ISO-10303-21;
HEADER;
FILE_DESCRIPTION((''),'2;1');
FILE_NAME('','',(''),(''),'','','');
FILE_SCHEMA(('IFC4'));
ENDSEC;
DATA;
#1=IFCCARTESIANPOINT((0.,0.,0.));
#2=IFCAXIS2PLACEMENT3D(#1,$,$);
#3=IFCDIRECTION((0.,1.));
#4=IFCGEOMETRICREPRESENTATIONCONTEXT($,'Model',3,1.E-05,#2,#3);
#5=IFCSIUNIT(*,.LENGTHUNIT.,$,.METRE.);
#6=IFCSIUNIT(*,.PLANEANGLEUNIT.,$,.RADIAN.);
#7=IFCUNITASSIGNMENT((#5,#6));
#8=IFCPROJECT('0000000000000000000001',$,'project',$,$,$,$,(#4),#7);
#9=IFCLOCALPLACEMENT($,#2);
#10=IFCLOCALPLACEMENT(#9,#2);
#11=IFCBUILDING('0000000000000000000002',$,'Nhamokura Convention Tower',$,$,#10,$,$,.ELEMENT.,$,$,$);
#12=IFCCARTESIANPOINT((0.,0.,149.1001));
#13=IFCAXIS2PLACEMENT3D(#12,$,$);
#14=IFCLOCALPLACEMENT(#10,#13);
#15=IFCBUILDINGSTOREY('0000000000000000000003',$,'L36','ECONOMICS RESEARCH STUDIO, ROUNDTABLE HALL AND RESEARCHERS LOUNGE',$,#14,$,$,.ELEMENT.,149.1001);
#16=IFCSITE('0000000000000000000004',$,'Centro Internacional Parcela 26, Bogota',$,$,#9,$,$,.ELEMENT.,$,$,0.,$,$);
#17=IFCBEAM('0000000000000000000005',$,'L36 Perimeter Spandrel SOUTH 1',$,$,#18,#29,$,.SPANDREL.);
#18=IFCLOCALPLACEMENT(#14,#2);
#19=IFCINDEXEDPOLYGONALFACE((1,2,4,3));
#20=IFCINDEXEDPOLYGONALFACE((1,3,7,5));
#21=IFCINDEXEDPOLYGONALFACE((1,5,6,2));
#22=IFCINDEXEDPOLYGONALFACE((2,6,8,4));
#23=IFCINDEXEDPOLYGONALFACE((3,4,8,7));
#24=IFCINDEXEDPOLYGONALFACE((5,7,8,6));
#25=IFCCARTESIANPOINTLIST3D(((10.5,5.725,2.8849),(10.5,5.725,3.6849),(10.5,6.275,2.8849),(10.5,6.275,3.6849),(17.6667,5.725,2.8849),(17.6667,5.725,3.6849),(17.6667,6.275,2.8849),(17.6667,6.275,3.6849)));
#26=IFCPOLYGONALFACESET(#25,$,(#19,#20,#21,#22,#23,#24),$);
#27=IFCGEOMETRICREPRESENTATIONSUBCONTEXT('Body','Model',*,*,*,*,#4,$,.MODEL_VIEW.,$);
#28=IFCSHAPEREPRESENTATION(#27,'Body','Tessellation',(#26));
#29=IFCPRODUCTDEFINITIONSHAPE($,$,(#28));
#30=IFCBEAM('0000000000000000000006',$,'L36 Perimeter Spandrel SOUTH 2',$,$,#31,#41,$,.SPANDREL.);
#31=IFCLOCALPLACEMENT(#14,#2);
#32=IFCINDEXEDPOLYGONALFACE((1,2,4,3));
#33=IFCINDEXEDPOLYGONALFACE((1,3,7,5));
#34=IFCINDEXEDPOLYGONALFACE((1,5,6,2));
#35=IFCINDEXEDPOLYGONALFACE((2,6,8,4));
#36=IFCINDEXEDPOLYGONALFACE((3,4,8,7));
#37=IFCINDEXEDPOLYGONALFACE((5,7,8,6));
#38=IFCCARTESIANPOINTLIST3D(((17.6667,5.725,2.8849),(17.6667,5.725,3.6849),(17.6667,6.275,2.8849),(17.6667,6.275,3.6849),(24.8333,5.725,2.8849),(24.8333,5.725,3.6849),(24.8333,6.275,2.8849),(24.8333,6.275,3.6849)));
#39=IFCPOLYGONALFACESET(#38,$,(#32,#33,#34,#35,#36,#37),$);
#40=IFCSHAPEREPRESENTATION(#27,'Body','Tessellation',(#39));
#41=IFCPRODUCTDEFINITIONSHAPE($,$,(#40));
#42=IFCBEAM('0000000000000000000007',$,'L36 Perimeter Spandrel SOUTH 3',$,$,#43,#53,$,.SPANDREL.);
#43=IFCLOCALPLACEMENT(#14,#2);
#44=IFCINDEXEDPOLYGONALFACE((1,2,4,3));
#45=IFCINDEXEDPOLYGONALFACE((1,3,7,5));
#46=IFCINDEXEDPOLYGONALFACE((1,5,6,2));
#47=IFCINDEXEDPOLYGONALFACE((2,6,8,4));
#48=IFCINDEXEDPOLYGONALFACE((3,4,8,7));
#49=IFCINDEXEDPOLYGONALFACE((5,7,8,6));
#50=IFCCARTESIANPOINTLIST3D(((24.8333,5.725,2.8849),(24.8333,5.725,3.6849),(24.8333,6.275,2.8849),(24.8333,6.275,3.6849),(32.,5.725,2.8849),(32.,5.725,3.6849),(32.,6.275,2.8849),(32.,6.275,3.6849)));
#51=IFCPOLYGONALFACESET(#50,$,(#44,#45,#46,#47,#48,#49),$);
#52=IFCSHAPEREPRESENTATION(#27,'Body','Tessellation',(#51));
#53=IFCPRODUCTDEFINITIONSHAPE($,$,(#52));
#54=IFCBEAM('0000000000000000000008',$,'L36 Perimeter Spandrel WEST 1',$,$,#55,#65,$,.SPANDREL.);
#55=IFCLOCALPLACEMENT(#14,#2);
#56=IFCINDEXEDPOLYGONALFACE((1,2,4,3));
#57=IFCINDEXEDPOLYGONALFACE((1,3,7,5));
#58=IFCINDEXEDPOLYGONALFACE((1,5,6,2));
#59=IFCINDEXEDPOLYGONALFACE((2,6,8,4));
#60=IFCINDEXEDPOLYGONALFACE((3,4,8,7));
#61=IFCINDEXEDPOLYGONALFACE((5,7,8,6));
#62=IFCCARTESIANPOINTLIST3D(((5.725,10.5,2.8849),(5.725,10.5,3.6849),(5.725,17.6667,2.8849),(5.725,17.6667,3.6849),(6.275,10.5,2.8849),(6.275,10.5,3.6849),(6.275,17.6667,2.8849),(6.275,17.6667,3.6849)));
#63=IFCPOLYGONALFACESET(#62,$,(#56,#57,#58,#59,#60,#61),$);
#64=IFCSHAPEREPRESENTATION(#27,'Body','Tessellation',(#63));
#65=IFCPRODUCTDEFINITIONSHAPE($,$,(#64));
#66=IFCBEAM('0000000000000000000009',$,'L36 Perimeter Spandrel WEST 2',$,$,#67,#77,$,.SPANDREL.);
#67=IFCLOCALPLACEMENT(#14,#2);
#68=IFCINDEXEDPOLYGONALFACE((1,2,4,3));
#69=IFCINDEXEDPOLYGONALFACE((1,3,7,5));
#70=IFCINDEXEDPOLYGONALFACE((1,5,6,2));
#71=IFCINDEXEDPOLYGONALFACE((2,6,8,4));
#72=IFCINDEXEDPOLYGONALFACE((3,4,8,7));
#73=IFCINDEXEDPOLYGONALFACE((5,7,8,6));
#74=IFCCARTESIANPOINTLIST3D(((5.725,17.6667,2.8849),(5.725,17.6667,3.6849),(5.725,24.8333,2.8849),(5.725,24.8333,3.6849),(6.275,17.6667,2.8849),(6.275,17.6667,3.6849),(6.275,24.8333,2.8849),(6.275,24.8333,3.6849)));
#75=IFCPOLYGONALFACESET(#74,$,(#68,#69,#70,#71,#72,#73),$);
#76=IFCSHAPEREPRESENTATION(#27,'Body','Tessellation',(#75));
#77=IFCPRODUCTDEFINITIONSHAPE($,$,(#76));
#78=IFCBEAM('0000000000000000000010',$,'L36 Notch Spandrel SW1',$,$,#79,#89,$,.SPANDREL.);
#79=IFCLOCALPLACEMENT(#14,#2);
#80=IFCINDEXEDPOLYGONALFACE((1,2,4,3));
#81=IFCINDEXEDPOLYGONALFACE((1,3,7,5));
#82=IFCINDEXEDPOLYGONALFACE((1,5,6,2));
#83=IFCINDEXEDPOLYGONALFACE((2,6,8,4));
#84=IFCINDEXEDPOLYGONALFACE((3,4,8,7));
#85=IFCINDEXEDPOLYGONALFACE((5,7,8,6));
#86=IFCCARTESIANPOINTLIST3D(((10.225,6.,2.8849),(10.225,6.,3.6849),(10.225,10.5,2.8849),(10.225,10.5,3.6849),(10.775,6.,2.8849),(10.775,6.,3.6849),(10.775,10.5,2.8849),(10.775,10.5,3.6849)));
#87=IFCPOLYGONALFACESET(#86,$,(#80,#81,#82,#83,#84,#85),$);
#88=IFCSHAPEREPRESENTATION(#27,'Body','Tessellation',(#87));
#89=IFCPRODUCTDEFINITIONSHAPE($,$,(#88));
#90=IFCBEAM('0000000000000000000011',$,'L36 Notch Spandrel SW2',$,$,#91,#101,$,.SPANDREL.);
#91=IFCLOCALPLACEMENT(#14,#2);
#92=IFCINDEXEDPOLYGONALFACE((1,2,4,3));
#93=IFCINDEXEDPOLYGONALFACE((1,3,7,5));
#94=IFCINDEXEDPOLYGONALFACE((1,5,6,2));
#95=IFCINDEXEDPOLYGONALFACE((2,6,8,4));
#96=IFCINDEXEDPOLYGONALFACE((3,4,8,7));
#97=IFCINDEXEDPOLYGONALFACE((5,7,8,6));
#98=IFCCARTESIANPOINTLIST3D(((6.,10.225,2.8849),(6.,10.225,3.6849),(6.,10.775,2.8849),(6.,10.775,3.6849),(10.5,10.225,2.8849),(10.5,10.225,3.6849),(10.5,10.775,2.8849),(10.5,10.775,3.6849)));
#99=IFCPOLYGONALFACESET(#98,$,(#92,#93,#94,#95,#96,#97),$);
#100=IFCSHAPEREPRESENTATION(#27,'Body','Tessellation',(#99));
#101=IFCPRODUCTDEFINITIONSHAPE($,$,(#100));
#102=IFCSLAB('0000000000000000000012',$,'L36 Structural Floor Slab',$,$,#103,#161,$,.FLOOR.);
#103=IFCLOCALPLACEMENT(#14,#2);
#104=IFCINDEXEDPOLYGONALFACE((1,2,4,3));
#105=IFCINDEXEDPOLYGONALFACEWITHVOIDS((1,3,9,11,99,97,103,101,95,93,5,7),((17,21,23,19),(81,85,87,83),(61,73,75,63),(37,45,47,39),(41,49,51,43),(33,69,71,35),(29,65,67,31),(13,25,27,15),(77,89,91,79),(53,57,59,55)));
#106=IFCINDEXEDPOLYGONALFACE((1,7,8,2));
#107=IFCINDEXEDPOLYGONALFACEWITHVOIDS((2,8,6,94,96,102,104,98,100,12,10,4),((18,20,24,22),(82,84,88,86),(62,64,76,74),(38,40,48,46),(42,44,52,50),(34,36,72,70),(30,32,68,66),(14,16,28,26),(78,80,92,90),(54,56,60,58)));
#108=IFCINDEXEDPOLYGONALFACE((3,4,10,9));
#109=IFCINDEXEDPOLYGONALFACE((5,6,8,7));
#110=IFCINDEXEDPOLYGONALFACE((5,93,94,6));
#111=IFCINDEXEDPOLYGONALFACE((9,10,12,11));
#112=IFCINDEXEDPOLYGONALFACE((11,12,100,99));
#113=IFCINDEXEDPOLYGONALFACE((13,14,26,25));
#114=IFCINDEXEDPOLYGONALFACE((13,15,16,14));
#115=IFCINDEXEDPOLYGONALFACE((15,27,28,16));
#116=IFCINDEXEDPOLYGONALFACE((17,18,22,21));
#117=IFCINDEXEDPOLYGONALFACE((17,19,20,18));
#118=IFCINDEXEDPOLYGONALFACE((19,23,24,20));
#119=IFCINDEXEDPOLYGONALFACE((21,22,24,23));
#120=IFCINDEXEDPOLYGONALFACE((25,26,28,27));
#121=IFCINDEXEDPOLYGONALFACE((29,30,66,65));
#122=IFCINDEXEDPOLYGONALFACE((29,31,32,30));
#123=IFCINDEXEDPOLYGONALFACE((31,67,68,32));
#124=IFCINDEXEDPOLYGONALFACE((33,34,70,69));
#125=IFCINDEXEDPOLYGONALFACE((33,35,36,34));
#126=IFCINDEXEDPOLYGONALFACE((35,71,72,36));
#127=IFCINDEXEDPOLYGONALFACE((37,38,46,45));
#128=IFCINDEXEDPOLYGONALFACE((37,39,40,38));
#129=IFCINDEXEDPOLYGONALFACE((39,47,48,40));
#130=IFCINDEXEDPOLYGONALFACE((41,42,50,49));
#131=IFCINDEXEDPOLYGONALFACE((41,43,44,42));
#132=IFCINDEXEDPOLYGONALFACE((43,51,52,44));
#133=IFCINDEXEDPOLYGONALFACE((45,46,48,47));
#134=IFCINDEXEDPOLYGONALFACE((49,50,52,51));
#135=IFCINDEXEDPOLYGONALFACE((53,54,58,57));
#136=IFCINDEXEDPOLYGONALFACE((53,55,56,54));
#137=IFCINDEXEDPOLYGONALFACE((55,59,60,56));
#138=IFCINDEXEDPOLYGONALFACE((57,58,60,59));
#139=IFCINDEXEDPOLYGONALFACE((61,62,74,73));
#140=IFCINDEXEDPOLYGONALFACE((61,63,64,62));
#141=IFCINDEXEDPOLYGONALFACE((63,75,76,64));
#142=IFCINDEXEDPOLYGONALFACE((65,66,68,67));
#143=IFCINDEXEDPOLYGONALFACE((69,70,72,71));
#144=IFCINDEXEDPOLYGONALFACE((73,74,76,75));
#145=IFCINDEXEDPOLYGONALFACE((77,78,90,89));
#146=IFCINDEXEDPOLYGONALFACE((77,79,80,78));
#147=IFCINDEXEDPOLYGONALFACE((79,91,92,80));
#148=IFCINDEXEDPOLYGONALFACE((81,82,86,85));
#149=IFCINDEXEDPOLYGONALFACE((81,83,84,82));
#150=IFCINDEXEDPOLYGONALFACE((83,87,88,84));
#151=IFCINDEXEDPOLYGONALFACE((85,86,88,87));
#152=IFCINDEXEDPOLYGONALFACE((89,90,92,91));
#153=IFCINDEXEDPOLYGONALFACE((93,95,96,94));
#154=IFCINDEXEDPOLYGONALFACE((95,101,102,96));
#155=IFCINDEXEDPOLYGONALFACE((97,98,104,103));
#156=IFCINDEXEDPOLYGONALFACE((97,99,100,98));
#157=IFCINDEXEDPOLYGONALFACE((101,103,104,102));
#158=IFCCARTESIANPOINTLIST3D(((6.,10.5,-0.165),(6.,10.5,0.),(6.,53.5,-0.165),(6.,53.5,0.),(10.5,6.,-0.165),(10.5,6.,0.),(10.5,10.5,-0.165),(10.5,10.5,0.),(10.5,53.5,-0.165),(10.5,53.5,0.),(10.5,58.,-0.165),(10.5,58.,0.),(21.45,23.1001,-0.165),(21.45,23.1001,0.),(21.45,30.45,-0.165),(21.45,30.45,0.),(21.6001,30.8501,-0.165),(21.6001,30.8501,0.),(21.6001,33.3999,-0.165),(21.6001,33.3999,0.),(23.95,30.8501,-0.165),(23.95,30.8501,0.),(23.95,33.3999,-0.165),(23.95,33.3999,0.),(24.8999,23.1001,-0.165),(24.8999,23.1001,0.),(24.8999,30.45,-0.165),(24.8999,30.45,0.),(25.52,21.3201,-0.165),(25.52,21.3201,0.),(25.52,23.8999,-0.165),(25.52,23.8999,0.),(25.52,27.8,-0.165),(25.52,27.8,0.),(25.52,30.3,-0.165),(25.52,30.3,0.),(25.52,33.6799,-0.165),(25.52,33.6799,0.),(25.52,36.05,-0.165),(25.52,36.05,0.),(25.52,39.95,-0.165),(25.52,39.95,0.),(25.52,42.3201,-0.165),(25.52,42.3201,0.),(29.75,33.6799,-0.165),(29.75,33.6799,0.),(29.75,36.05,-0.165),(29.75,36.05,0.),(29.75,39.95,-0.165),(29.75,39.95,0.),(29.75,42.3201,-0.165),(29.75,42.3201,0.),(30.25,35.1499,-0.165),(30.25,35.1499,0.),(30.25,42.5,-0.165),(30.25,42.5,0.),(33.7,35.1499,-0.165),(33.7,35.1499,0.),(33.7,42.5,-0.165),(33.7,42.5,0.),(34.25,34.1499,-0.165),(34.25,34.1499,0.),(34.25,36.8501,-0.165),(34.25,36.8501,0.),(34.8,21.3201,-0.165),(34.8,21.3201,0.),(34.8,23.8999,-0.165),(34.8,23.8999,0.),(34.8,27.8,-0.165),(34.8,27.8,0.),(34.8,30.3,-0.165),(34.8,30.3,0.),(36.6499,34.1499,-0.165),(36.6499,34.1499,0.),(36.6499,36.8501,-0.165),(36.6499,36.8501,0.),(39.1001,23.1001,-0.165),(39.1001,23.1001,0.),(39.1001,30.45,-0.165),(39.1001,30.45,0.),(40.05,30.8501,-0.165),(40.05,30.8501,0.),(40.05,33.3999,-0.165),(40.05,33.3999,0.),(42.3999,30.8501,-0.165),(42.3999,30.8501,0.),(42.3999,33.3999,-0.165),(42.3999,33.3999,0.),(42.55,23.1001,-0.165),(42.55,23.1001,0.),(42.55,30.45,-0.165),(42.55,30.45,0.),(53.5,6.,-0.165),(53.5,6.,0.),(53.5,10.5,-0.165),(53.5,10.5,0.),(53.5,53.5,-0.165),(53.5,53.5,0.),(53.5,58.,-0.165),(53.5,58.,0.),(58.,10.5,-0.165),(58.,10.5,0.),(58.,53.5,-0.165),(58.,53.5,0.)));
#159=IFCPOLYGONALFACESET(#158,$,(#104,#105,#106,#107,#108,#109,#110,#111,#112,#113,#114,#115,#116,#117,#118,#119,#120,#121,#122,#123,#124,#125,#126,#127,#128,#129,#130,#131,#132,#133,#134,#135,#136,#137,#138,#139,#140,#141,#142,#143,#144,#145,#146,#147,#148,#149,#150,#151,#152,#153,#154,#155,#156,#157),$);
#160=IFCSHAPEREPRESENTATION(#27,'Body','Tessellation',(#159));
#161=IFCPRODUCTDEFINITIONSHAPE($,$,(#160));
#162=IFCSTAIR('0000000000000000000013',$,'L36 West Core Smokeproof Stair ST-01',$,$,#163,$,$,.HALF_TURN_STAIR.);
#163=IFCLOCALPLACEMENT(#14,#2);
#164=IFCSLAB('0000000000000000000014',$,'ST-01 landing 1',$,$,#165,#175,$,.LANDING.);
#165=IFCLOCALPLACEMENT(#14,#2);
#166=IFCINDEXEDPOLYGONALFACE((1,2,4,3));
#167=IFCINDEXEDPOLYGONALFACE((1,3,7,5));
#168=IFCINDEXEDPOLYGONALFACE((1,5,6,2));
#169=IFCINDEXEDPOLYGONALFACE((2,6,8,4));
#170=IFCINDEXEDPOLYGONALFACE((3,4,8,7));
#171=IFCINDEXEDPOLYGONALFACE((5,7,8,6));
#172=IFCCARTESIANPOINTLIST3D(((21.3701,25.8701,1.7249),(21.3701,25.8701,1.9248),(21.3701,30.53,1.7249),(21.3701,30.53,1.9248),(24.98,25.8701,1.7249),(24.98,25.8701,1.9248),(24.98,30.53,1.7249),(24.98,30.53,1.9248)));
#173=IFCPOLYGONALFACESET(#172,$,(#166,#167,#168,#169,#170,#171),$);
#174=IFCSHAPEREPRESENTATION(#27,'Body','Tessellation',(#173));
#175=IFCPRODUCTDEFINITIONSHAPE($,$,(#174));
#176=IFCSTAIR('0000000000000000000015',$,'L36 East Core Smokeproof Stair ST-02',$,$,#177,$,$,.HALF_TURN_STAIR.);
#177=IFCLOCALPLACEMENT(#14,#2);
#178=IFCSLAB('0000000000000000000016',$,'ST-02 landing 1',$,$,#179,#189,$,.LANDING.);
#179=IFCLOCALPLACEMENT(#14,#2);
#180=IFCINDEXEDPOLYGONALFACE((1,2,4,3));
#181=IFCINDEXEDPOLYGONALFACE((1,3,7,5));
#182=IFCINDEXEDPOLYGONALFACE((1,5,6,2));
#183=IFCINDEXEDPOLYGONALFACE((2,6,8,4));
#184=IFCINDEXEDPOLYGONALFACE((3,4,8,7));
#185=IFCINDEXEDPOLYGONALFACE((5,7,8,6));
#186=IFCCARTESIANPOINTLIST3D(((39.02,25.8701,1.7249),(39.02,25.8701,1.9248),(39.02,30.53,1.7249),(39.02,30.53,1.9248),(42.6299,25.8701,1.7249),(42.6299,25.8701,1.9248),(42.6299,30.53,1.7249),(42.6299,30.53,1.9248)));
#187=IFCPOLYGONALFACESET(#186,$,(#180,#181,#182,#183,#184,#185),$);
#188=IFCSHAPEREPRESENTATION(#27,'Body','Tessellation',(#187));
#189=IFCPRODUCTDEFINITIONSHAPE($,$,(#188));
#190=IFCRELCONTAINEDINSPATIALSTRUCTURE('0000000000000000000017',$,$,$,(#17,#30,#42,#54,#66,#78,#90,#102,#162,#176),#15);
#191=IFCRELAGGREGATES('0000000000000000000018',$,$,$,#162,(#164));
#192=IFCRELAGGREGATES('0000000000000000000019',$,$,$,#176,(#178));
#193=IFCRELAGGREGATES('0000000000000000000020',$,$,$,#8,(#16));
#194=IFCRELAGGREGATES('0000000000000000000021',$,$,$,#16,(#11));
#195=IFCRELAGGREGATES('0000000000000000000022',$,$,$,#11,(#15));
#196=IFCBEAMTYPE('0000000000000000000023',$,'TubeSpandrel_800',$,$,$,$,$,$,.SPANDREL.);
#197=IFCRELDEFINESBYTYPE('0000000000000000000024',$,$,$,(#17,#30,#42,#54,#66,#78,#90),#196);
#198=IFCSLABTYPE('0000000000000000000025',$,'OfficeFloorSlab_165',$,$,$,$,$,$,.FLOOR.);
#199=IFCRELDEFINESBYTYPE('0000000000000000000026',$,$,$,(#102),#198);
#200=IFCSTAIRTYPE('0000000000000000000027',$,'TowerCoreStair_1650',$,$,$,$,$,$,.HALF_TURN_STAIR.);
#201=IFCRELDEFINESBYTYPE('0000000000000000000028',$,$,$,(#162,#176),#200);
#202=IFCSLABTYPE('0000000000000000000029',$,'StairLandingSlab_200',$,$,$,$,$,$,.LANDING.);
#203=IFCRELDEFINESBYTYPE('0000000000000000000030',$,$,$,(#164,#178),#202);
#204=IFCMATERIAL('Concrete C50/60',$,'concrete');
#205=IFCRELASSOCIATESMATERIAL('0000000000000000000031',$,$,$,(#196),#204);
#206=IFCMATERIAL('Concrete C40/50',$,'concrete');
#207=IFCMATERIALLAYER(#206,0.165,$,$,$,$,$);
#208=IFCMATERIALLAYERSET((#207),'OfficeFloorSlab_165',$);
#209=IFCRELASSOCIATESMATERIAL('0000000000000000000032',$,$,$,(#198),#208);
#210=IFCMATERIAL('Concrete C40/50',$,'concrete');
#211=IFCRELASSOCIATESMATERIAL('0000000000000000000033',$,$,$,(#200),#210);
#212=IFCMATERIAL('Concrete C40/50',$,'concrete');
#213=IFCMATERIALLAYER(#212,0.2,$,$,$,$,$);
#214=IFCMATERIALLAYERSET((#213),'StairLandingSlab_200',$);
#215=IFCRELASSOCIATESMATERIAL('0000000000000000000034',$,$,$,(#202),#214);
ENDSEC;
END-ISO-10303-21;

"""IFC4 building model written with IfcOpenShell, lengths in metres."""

from ifc_helpers import new_model, si_unit, direction, frame, origin, origin_2d, place, context, subcontext, project, spatial, polyline, rectangle, outline, extrude, material, layer, layer_set, material_profile, profile_set, type_object, element, aggregate, save


model = new_model("IFC4")

# Units and contexts
model_context = context("Model", 3, precision=1e-05, world=origin(), true_north=direction((0.0, 1.0)))
body_context = subcontext(model_context, "Body", "Model", "MODEL_VIEW")
ifc_project = project(units=[si_unit("LENGTHUNIT", "METRE"), si_unit("PLANEANGLEUNIT", "RADIAN")], contexts=[model_context])

# Site, building, storey
site_placement = place(None, origin())
site = spatial("IfcSite", under=ifc_project, at=site_placement, Name="Centro Internacional Parcela 26, Bogota", CompositionType="ELEMENT", RefElevation=0.0)
building_placement = place(site_placement, origin())
building = spatial("IfcBuilding", under=site, at=building_placement, Name="Nhamokura Convention Tower", CompositionType="ELEMENT")
storey_placement = place(building_placement, frame((0.0, 0.0, 149.1001)))
storey = spatial("IfcBuildingStorey", under=building, at=storey_placement, Name="L36", Description="ECONOMICS RESEARCH STUDIO, ROUNDTABLE HALL AND RESEARCHERS LOUNGE", CompositionType="ELEMENT", Elevation=149.1001)

# Beams
ifc_material_1 = material(Name="Concrete C50/60", Category="concrete")
ifc_material_profile_1 = material_profile(ifc_material_1, rectangle(XDim=0.55, YDim=0.8, at=origin_2d()))
ifc_profile_set_1 = profile_set([ifc_material_profile_1], Name="Concrete C50/60")
beam_type_1 = type_object("IfcBeamType", Name="TubeSpandrel_800", PredefinedType="SPANDREL", material=ifc_profile_set_1)
beam_1_placement = place(storey_placement, frame((10.5, 6.0, 3.2849), z_axis=(1.0, 0.0, 0.0), x_axis=(0.0, 1.0, 0.0)))
element("IfcBeam", 1, at=beam_1_placement, inside=storey, type_object=beam_type_1, Name="L36 Perimeter Spandrel SOUTH 1", PredefinedType="SPANDREL", context=body_context, shape_type="SweptSolid", body=[
    extrude(rectangle(XDim=0.55, YDim=0.8, at=origin_2d()), origin(), (0.0, 0.0, 1.0), 7.1667),
])
beam_2_placement = place(storey_placement, frame((17.6667, 6.0, 3.2849), z_axis=(1.0, 0.0, 0.0), x_axis=(0.0, 1.0, 0.0)))
element("IfcBeam", 2, at=beam_2_placement, inside=storey, type_object=beam_type_1, Name="L36 Perimeter Spandrel SOUTH 2", PredefinedType="SPANDREL", context=body_context, shape_type="SweptSolid", body=[
    extrude(rectangle(XDim=0.55, YDim=0.8, at=origin_2d()), origin(), (0.0, 0.0, 1.0), 7.1665),
])
for number, where, z_axis, x_axis, name in (
    (3, (24.8333, 6.0, 3.2849), (1.0, 0.0, 0.0), (0.0, 1.0, 0.0), "L36 Perimeter Spandrel SOUTH 3"),
    (4, (6.0, 10.5, 3.2849), (0.0, 1.0, 0.0), (-1.0, 0.0, 0.0), "L36 Perimeter Spandrel WEST 1"),
):
    element("IfcBeam", number, at=place(storey_placement, frame(where, z_axis=z_axis, x_axis=x_axis)), inside=storey, type_object=beam_type_1, Name=name, PredefinedType="SPANDREL", context=body_context, shape_type="SweptSolid", body=[
        extrude(rectangle(XDim=0.55, YDim=0.8, at=origin_2d()), origin(), (0.0, 0.0, 1.0), 7.1667),
    ])
beam_3_placement = place(storey_placement, frame((6.0, 17.6667, 3.2849), z_axis=(0.0, 1.0, 0.0), x_axis=(-1.0, 0.0, 0.0)))
element("IfcBeam", 5, at=beam_3_placement, inside=storey, type_object=beam_type_1, Name="L36 Perimeter Spandrel WEST 2", PredefinedType="SPANDREL", context=body_context, shape_type="SweptSolid", body=[
    extrude(rectangle(XDim=0.55, YDim=0.8, at=origin_2d()), origin(), (0.0, 0.0, 1.0), 7.1665),
])
for number, where, z_axis, x_axis, name in (
    (6, (10.5, 6.0, 3.2849), (0.0, 1.0, 0.0), (-1.0, 0.0, 0.0), "L36 Notch Spandrel SW1"),
    (7, (10.5, 10.5, 3.2849), (-1.0, 0.0, 0.0), (0.0, -1.0, 0.0), "L36 Notch Spandrel SW2"),
):
    element("IfcBeam", number, at=place(storey_placement, frame(where, z_axis=z_axis, x_axis=x_axis)), inside=storey, type_object=beam_type_1, Name=name, PredefinedType="SPANDREL", context=body_context, shape_type="SweptSolid", body=[
        extrude(rectangle(XDim=0.55, YDim=0.8, at=origin_2d()), origin(), (0.0, 0.0, 1.0), 4.5),
    ])

# Slab
ifc_material_2 = material(Name="Concrete C40/50", Category="concrete")
ifc_layer_1 = layer(ifc_material_2, 0.165)
ifc_layer_set_1 = layer_set([ifc_layer_1], Name="OfficeFloorSlab_165")
slab_type_1 = type_object("IfcSlabType", Name="OfficeFloorSlab_165", PredefinedType="FLOOR", material=ifc_layer_set_1)
slab_1_placement = place(storey_placement, frame((0.0, 0.0, -0.165)))
element("IfcSlab", 8, at=slab_1_placement, inside=storey, type_object=slab_type_1, Name="L36 Structural Floor Slab", PredefinedType="FLOOR", context=body_context, shape_type="SweptSolid", body=[
    extrude(outline(polyline([(10.5, 6.0), (53.5, 6.0), (53.5, 10.5), (58.0, 10.5), (58.0, 53.5), (53.5, 53.5), (53.5, 58.0), (10.5, 58.0), (10.5, 53.5), (6.0, 53.5), (6.0, 10.5), (10.5, 10.5), (10.5, 6.0)]), holes=[polyline([(24.8999, 23.1001), (24.8999, 30.45), (21.45, 30.45), (21.45, 23.1001), (24.8999, 23.1001)]), polyline([(42.55, 23.1001), (42.55, 30.45), (39.1001, 30.45), (39.1001, 23.1001), (42.55, 23.1001)]), polyline([(33.7, 35.1499), (33.7, 42.5), (30.25, 42.5), (30.25, 35.1499), (33.7, 35.1499)]), polyline([(21.6001, 30.8501), (23.95, 30.8501), (23.95, 33.3999), (21.6001, 33.3999), (21.6001, 30.8501)]), polyline([(40.05, 30.8501), (42.3999, 30.8501), (42.3999, 33.3999), (40.05, 33.3999), (40.05, 30.8501)]), polyline([(34.25, 34.1499), (36.6499, 34.1499), (36.6499, 36.8501), (34.25, 36.8501), (34.25, 34.1499)]), polyline([(25.52, 21.3201), (34.8, 21.3201), (34.8, 23.8999), (25.52, 23.8999), (25.52, 21.3201)]), polyline([(25.52, 27.8), (34.8, 27.8), (34.8, 30.3), (25.52, 30.3), (25.52, 27.8)]), polyline([(25.52, 33.6799), (29.75, 33.6799), (29.75, 36.05), (25.52, 36.05), (25.52, 33.6799)]), polyline([(25.52, 39.95), (29.75, 39.95), (29.75, 42.3201), (25.52, 42.3201), (25.52, 39.95)])]), origin(), (0.0, 0.0, 1.0), 0.165),
])

# Stairs, slabs
ifc_material_3 = material(Name="Concrete C40/50", Category="concrete")
stair_type = type_object("IfcStairType", Name="TowerCoreStair_1650", PredefinedType="HALF_TURN_STAIR", material=ifc_material_3)
stair_1_placement = place(storey_placement, origin())
stair_1 = element("IfcStair", 9, at=stair_1_placement, inside=storey, type_object=stair_type, Name="L36 West Core Smokeproof Stair ST-01", PredefinedType="HALF_TURN_STAIR")
ifc_material_4 = material(Name="Concrete C40/50", Category="concrete")
ifc_layer_2 = layer(ifc_material_4, 0.2)
ifc_layer_set_2 = layer_set([ifc_layer_2], Name="StairLandingSlab_200")
slab_type_2 = type_object("IfcSlabType", Name="StairLandingSlab_200", PredefinedType="LANDING", material=ifc_layer_set_2)
slab_2_placement = place(storey_placement, frame((0.0, 0.0, 1.7249)))
slab_2 = element("IfcSlab", 10, at=slab_2_placement, type_object=slab_type_2, Name="ST-01 landing 1", PredefinedType="LANDING", context=body_context, shape_type="SweptSolid", body=[
    extrude(outline(polyline([(24.98, 25.8701), (24.98, 30.53), (21.3701, 30.53), (21.3701, 25.8701), (24.98, 25.8701)])), origin(), (0.0, 0.0, 1.0), 0.2),
])
aggregate(stair_1, [slab_2])
stair_2_placement = place(storey_placement, origin())
stair_2 = element("IfcStair", 11, at=stair_2_placement, inside=storey, type_object=stair_type, Name="L36 East Core Smokeproof Stair ST-02", PredefinedType="HALF_TURN_STAIR")
slab_3_placement = place(storey_placement, frame((0.0, 0.0, 1.7249)))
slab_3 = element("IfcSlab", 12, at=slab_3_placement, type_object=slab_type_2, Name="ST-02 landing 1", PredefinedType="LANDING", context=body_context, shape_type="SweptSolid", body=[
    extrude(outline(polyline([(42.6299, 25.8701), (42.6299, 30.53), (39.02, 30.53), (39.02, 25.8701), (42.6299, 25.8701)])), origin(), (0.0, 0.0, 1.0), 0.2),
])
aggregate(stair_2, [slab_3])

save(model, "model.ifc")
